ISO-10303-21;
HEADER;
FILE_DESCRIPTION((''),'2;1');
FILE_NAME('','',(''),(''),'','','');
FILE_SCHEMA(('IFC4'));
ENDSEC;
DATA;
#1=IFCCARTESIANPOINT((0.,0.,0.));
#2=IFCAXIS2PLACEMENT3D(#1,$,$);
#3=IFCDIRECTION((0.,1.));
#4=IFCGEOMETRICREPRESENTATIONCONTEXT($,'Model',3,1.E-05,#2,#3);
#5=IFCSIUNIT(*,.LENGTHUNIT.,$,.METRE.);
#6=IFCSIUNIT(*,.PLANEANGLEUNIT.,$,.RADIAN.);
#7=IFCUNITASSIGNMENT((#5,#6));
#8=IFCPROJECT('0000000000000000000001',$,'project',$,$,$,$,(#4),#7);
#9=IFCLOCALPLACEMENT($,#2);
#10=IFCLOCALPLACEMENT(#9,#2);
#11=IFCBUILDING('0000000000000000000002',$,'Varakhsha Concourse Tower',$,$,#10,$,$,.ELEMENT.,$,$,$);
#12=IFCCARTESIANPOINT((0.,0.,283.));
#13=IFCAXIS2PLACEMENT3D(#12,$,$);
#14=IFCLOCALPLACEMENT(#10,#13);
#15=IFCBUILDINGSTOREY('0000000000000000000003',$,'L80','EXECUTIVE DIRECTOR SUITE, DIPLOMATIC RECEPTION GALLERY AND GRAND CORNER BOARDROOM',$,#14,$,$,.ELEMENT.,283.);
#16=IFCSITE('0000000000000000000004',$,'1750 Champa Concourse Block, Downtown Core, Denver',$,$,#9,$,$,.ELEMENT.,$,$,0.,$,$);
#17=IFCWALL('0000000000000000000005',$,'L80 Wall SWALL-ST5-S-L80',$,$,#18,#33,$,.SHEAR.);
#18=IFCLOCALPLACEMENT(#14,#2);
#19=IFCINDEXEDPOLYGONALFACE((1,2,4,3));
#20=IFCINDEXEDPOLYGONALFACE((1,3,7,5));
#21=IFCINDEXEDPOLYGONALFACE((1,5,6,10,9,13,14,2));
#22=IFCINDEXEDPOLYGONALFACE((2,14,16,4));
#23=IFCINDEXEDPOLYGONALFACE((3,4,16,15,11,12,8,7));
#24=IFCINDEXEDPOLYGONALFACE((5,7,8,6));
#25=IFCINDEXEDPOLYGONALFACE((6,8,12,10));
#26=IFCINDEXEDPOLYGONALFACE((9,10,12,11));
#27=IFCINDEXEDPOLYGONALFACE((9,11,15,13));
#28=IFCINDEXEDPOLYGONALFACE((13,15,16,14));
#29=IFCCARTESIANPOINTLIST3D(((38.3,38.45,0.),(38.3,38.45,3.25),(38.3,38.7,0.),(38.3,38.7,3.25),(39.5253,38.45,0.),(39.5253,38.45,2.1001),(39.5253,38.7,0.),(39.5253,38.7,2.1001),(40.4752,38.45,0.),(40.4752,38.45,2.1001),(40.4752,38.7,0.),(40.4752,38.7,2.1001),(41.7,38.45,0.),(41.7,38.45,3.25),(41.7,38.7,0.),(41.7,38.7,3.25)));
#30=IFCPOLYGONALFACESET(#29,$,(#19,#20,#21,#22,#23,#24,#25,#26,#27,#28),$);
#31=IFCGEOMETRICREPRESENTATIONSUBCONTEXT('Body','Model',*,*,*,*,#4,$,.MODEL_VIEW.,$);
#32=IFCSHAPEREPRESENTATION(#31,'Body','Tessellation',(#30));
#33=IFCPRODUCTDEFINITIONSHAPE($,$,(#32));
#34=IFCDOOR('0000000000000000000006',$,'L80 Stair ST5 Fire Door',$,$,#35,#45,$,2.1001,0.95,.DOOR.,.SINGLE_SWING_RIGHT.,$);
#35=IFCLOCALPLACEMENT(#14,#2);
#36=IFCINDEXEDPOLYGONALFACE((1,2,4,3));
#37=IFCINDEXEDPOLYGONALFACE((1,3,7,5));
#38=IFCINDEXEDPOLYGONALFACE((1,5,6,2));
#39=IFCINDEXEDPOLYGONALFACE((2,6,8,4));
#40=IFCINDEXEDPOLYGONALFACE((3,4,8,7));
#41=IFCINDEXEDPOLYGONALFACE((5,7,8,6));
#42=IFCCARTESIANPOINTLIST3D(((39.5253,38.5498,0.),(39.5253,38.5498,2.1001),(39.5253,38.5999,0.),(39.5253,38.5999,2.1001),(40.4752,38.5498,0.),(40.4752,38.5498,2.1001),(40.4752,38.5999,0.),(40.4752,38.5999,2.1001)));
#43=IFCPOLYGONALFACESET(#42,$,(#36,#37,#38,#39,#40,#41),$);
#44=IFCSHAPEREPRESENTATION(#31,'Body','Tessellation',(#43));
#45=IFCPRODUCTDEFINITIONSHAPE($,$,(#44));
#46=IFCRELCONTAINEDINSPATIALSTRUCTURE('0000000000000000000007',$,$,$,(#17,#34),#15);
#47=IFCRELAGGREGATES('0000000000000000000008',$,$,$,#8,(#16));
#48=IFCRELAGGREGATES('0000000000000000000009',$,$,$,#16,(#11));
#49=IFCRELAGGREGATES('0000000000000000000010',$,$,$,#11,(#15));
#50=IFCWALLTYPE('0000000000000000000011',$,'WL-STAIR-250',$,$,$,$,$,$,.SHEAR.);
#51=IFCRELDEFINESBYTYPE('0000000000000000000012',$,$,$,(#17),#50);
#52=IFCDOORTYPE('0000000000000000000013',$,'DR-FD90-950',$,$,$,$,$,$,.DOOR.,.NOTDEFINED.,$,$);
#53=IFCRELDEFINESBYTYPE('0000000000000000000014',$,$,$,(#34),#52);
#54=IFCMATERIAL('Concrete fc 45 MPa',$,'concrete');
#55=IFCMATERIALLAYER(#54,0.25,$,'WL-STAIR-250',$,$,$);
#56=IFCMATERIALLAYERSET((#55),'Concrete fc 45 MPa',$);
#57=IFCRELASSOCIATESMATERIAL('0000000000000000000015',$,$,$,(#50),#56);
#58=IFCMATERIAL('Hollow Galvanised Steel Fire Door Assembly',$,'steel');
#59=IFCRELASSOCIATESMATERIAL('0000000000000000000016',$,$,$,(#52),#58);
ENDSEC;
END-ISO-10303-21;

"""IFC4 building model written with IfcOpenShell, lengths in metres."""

from ifc_helpers import new_model, si_unit, direction, frame, frame_2d, origin, place, context, subcontext, project, spatial, rectangle, extrude, material, layer, layer_set, type_object, element, fill, save


model = new_model("IFC4")

# Units and contexts
model_context = context("Model", 3, precision=1e-05, world=origin(), true_north=direction((0.0, 1.0)))
body_context = subcontext(model_context, "Body", "Model", "MODEL_VIEW")
ifc_project = project(units=[si_unit("LENGTHUNIT", "METRE"), si_unit("PLANEANGLEUNIT", "RADIAN")], contexts=[model_context])

# Site, building, storey
site_placement = place(None, origin())
site = spatial("IfcSite", under=ifc_project, at=site_placement, Name="1750 Champa Concourse Block, Downtown Core, Denver", CompositionType="ELEMENT", RefElevation=0.0)
building_placement = place(site_placement, origin())
building = spatial("IfcBuilding", under=site, at=building_placement, Name="Varakhsha Concourse Tower", CompositionType="ELEMENT")
storey_placement = place(building_placement, frame((0.0, 0.0, 283.0)))
storey = spatial("IfcBuildingStorey", under=building, at=storey_placement, Name="L80", Description="EXECUTIVE DIRECTOR SUITE, DIPLOMATIC RECEPTION GALLERY AND GRAND CORNER BOARDROOM", CompositionType="ELEMENT", Elevation=283.0)

# Shared definitions
ifc_material_1 = material(Name="Hollow Galvanised Steel Fire Door Assembly", Category="steel")

# Shared definitions
ifc_material_2 = material(Name="Concrete fc 45 MPa", Category="concrete")
ifc_layer_1 = layer(ifc_material_2, 0.25, Name="WL-STAIR-250")
ifc_layer_set_1 = layer_set([ifc_layer_1], Name="Concrete fc 45 MPa")
wall_type_1 = type_object("IfcWallType", Name="WL-STAIR-250", PredefinedType="SHEAR", material=ifc_layer_set_1)

# Wall, opening, door
wall_1_placement = place(storey_placement, frame((38.3, 38.575, 0.0), z_axis=(0.0, 0.0, 1.0), x_axis=(1.0, 0.0, 0.0)))
wall_1 = element("IfcWall", 1, at=wall_1_placement, inside=storey, type_object=wall_type_1, Name="L80 Wall SWALL-ST5-S-L80", PredefinedType="SHEAR", context=body_context, shape_type="SweptSolid", body=[
    extrude(rectangle(XDim=3.3999, YDim=0.25, at=frame_2d((1.7, 0.0))), origin(), (0.0, 0.0, 1.0), 3.25),
])
opening_1_placement = place(wall_1_placement, frame((1.2251, 0.0, 0.0)))
opening_1 = element("IfcOpeningElement", 2, at=opening_1_placement, cuts=wall_1, PredefinedType="OPENING", context=body_context, shape_type="SweptSolid", body=[
    extrude(rectangle(XDim=0.95, YDim=2.1001, at=frame_2d((0.4751, 1.05))), frame((0.0, 0.135, 0.0), z_axis=(0.0, -1.0, 0.0), x_axis=(1.0, 0.0, 0.0)), (0.0, 0.0, 1.0), 0.27),
])
door_type_1 = type_object("IfcDoorType", Name="DR-FD90-950", OperationType="NOTDEFINED", PredefinedType="DOOR", material=ifc_material_1)
door_1_placement = place(opening_1_placement, origin())
door_1 = element("IfcDoor", 3, at=door_1_placement, inside=storey, type_object=door_type_1, Name="L80 Stair ST5 Fire Door", OperationType="SINGLE_SWING_RIGHT", OverallHeight=2.1001, OverallWidth=0.95, PredefinedType="DOOR", context=body_context, shape_type="SweptSolid", body=[
    extrude(rectangle(XDim=0.95, YDim=2.1001, at=frame_2d((0.4751, 1.05))), frame((0.0, 0.0249, 0.0), z_axis=(0.0, -1.0, 0.0), x_axis=(1.0, 0.0, 0.0)), (0.0, 0.0, 1.0), 0.05),
])
fill(opening_1, door_1)

save(model, "model.ifc")
